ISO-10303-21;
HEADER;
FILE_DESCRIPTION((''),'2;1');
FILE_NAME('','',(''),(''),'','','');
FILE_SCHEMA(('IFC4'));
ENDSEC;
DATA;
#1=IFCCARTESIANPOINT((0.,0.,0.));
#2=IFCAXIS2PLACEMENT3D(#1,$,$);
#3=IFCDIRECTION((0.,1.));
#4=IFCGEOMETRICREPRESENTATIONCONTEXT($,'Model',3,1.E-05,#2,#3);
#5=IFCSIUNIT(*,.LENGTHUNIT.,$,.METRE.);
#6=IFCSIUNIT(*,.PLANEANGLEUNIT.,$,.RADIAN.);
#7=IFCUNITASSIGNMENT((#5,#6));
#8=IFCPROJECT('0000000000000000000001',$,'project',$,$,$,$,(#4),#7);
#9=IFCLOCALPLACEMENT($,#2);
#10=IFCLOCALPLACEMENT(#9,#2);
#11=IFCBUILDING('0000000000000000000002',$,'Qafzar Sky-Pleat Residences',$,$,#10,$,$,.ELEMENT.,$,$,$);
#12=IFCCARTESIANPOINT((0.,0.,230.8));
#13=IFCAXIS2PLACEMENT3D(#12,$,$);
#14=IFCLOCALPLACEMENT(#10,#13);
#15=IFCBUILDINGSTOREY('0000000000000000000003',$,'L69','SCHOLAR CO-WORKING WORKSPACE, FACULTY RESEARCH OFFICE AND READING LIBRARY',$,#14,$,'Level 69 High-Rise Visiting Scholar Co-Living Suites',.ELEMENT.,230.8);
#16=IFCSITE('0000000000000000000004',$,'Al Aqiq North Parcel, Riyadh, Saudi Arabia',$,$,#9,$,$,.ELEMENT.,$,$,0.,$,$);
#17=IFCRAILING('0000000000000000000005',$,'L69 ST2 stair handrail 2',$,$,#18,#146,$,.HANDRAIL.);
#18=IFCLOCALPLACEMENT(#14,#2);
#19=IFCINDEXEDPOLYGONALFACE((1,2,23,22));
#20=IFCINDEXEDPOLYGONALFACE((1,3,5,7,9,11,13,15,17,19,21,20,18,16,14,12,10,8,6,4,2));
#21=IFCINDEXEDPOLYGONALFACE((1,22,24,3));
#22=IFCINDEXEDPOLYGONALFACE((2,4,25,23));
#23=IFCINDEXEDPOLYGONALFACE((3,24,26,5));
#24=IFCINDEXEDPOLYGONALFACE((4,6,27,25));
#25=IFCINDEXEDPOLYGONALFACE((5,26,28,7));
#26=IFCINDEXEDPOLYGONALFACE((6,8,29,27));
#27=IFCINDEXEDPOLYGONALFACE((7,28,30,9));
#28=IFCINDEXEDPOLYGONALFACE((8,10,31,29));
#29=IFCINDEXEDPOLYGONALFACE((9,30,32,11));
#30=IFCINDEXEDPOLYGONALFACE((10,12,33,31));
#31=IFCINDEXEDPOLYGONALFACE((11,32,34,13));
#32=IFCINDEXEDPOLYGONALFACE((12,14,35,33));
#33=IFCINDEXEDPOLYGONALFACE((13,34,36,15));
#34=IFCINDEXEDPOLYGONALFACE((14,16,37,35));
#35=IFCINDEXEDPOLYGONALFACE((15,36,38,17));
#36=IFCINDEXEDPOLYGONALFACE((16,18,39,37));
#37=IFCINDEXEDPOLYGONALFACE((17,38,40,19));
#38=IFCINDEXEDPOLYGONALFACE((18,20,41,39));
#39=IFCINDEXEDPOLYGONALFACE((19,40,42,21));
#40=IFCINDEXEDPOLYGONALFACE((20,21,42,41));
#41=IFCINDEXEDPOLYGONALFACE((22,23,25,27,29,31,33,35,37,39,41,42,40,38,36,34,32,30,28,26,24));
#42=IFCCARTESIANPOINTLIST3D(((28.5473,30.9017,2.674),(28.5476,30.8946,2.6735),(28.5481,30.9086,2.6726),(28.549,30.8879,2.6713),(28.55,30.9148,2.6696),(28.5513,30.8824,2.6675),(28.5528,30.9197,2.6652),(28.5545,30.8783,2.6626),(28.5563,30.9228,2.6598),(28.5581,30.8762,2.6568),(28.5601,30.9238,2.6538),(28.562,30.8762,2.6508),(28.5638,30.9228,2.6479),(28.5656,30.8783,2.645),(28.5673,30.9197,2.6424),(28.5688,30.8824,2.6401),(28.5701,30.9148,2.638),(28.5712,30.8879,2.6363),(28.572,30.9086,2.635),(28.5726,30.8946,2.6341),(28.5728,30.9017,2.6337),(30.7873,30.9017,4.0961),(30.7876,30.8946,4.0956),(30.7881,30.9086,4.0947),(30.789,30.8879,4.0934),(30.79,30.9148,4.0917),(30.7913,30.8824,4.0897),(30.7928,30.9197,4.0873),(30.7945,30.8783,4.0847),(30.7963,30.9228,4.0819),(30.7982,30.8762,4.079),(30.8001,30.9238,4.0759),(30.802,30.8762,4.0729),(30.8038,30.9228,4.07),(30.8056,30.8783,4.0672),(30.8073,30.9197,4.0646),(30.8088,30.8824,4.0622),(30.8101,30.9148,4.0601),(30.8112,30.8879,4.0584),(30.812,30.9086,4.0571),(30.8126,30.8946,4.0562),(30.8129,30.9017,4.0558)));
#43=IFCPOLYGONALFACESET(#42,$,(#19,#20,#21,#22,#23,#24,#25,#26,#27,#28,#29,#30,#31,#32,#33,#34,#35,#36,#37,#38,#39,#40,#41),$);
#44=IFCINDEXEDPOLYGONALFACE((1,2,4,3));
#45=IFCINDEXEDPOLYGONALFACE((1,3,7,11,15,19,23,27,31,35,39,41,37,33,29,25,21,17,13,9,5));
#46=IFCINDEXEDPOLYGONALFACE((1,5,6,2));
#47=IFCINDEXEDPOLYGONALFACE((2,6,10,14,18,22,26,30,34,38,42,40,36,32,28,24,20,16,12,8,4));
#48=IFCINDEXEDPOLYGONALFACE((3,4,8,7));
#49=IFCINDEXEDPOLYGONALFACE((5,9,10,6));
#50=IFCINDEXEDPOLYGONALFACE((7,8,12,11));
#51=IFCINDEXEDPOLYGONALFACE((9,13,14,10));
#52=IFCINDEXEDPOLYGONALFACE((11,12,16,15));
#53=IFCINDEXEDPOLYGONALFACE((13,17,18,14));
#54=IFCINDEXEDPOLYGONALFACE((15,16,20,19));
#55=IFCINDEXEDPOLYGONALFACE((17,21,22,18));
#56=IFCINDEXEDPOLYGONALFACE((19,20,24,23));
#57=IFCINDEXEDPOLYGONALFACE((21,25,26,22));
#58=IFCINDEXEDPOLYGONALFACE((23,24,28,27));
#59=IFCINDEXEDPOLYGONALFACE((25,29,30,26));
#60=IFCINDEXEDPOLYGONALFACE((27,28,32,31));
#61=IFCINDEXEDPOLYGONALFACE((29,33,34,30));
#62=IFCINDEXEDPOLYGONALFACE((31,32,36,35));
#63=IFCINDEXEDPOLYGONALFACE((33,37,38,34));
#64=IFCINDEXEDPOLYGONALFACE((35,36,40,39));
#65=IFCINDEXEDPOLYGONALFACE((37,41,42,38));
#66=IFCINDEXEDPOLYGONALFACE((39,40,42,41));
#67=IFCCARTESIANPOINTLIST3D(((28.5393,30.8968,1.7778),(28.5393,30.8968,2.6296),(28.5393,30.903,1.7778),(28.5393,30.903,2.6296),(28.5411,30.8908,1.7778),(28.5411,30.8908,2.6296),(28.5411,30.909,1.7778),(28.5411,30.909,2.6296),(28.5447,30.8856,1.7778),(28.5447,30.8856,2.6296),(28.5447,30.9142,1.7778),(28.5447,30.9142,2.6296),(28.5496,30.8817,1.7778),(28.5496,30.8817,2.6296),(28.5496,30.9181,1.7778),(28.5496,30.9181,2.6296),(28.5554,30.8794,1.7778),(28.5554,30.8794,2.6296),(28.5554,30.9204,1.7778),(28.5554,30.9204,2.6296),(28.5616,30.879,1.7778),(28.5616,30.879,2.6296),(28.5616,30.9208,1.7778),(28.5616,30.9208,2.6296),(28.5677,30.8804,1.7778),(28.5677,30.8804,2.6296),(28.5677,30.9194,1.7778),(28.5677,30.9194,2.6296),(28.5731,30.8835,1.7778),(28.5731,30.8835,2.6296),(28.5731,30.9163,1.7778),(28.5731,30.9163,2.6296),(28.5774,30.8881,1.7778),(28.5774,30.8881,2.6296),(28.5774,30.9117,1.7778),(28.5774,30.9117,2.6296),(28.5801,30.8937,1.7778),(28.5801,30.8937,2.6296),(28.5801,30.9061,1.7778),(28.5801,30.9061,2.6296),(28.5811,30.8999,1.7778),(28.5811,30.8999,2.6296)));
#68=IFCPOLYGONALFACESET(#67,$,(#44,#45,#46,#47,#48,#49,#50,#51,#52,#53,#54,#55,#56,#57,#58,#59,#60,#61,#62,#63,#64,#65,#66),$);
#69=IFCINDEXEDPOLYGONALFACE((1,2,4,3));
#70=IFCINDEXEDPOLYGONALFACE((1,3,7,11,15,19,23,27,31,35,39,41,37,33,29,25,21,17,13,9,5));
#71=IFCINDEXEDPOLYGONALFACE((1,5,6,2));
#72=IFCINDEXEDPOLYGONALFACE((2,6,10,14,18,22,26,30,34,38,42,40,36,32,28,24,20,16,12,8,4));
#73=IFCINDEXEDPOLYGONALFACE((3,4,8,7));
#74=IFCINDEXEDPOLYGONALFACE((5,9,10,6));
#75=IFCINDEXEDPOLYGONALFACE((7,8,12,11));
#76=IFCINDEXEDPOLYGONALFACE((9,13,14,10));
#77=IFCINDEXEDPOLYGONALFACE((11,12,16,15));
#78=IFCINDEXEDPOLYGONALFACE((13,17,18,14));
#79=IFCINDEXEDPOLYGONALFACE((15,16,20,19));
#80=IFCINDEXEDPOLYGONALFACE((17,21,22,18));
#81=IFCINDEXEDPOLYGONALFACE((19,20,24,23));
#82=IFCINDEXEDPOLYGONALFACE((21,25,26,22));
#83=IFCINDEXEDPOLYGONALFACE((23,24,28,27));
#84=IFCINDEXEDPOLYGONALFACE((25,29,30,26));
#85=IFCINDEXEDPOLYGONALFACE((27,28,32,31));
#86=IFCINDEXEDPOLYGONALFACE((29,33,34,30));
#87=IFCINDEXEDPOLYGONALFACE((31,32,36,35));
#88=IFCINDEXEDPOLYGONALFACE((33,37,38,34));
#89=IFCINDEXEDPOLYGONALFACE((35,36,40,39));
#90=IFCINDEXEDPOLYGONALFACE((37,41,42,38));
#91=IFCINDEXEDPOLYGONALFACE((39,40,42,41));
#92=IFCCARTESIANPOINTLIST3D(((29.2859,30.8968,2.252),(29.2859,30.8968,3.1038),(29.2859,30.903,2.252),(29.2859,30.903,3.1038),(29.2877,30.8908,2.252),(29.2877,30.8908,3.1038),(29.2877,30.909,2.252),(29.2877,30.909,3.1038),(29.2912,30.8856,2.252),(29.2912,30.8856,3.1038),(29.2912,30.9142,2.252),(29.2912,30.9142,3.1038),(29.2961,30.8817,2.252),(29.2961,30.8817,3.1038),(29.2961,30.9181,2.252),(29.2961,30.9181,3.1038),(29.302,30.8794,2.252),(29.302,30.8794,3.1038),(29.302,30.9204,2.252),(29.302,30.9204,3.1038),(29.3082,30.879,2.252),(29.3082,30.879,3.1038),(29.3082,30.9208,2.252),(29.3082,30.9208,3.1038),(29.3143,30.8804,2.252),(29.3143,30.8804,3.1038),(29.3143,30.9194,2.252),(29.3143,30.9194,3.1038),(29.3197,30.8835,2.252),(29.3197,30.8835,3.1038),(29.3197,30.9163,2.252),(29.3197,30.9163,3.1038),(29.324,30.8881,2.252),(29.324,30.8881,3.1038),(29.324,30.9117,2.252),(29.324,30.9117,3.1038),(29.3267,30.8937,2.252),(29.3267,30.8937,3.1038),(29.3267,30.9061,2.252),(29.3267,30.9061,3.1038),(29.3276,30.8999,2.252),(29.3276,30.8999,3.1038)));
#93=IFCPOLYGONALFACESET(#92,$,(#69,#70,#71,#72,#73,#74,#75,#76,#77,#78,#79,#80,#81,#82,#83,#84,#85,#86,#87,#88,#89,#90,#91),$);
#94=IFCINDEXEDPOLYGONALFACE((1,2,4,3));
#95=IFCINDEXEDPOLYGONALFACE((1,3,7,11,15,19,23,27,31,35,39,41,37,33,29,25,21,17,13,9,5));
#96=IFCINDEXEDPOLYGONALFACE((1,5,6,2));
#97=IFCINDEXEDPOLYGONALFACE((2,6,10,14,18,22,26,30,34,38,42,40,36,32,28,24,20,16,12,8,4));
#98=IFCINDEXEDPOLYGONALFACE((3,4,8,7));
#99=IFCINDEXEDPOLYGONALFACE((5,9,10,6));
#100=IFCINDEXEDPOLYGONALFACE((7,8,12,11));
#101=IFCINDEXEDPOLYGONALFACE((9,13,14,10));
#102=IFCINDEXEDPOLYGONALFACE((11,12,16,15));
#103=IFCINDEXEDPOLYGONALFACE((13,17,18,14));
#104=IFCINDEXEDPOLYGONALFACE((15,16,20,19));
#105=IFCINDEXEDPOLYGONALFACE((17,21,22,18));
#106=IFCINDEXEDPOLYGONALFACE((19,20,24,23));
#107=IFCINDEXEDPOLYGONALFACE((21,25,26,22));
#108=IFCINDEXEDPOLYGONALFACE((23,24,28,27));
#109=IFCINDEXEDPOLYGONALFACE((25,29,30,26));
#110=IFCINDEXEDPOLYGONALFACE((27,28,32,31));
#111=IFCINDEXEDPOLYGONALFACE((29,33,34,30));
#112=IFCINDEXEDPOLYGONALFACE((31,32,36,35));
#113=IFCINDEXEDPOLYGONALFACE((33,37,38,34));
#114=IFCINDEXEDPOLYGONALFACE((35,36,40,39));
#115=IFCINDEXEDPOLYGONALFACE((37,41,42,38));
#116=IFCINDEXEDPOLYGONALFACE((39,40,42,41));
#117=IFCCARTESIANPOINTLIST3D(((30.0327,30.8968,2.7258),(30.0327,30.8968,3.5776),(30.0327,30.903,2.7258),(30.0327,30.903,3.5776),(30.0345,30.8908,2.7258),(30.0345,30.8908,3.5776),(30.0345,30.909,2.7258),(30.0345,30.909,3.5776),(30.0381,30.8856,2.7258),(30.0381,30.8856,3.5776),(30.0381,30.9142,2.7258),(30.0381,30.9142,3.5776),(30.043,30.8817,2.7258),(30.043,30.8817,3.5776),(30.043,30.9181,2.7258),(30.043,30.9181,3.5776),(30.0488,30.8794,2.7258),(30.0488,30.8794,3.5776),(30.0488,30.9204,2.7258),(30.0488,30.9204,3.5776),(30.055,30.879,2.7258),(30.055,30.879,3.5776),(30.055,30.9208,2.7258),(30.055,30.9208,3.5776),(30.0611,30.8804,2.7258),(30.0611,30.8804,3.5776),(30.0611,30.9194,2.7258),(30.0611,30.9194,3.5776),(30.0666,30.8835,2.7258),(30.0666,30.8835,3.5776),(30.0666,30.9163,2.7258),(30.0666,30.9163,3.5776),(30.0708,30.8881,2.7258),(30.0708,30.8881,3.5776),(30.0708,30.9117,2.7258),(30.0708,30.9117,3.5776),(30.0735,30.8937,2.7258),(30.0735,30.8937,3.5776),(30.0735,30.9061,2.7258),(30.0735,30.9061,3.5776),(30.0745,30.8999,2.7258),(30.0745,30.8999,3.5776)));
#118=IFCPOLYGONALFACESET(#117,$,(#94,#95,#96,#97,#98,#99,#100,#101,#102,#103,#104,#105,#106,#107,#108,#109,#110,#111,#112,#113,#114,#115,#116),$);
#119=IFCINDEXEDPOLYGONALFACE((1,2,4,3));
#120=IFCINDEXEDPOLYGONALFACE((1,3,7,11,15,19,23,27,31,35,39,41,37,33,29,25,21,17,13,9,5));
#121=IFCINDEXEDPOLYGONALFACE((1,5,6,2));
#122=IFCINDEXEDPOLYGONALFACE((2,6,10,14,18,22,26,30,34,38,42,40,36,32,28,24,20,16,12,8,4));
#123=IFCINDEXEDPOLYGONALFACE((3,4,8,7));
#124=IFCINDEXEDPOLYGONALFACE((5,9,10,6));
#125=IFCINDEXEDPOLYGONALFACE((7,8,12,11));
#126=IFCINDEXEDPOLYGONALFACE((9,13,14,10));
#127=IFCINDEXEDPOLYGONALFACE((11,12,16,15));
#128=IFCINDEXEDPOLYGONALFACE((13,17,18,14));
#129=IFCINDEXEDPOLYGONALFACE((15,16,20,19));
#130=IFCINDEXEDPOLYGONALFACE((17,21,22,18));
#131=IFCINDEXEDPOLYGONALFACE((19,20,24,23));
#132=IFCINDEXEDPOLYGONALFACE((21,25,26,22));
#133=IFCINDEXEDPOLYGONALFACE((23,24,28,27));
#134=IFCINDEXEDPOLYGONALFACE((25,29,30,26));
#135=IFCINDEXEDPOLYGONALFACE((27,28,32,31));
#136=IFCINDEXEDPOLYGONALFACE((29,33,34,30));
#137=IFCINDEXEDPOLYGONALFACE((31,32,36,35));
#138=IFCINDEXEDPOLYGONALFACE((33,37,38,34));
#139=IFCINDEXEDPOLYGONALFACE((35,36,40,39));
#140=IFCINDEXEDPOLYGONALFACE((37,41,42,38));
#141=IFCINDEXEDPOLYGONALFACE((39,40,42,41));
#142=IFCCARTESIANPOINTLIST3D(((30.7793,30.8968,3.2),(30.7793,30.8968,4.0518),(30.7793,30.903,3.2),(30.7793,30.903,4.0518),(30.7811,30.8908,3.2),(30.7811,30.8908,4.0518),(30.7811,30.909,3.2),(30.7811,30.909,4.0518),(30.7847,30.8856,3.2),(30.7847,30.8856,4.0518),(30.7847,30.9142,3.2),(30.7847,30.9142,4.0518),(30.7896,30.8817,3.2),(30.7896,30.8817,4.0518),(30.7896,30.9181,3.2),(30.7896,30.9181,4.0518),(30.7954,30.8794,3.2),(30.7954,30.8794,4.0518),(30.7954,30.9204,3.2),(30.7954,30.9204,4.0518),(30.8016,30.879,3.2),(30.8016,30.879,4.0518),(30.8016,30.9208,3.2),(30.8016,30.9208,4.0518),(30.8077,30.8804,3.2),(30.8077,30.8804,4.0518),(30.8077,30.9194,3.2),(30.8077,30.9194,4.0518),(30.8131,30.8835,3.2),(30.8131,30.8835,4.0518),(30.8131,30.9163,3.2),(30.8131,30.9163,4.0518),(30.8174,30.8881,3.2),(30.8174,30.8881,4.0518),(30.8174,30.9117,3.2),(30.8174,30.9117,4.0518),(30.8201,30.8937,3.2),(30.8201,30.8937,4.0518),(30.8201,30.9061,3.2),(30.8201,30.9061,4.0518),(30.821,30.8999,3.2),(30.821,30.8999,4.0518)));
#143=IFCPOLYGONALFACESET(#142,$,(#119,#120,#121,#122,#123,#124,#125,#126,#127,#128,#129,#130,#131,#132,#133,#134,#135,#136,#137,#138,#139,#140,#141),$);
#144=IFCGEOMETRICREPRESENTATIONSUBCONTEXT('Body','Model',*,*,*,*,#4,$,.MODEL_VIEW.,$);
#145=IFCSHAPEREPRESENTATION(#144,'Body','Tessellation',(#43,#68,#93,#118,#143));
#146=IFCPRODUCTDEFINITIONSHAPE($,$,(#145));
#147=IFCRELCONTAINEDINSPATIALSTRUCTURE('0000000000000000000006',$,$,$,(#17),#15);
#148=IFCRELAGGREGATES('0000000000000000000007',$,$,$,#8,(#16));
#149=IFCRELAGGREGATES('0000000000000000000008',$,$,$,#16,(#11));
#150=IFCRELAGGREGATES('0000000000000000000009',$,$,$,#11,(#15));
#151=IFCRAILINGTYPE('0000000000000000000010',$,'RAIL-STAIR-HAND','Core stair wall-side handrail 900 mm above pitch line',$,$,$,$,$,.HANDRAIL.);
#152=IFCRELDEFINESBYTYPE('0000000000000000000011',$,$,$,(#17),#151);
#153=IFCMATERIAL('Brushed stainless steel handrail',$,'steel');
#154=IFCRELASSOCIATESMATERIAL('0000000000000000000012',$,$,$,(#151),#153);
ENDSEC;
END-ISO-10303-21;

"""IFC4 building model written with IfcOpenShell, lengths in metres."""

from ifc_helpers import new_model, si_unit, direction, frame, origin, origin_2d, place, context, subcontext, project, spatial, circle, extrude, source, transform, mapped, material, type_object, element, save


model = new_model("IFC4")

# Units and contexts
model_context = context("Model", 3, precision=1e-05, world=origin(), true_north=direction((0.0, 1.0)))
body_context = subcontext(model_context, "Body", "Model", "MODEL_VIEW")
ifc_project = project(units=[si_unit("LENGTHUNIT", "METRE"), si_unit("PLANEANGLEUNIT", "RADIAN")], contexts=[model_context])

# Site, building, storey
site_placement = place(None, origin())
site = spatial("IfcSite", under=ifc_project, at=site_placement, Name="Al Aqiq North Parcel, Riyadh, Saudi Arabia", CompositionType="ELEMENT", RefElevation=0.0)
building_placement = place(site_placement, origin())
building = spatial("IfcBuilding", under=site, at=building_placement, Name="Qafzar Sky-Pleat Residences", CompositionType="ELEMENT")
storey_placement = place(building_placement, frame((0.0, 0.0, 230.8)))
storey = spatial("IfcBuildingStorey", under=building, at=storey_placement, Name="L69", Description="SCHOLAR CO-WORKING WORKSPACE, FACULTY RESEARCH OFFICE AND READING LIBRARY", LongName="Level 69 High-Rise Visiting Scholar Co-Living Suites", CompositionType="ELEMENT", Elevation=230.8)

# Railing
ifc_material_1 = material(Name="Brushed stainless steel handrail", Category="steel")
railing_type_1 = type_object("IfcRailingType", Name="RAIL-STAIR-HAND", Description="Core stair wall-side handrail 900 mm above pitch line", PredefinedType="HANDRAIL", material=ifc_material_1)
shared_shape_1 = source(origin(), body_context, "Body", "SweptSolid", [
    extrude(circle(Radius=0.0239, at=origin_2d()), frame((0.0, 0.0, 0.876), z_axis=(0.844229, 0.0, 0.535982), x_axis=(0.0, 1.0, 0.0)), (0.0, 0.0, 1.0), 2.6533),
    extrude(circle(Radius=0.021, at=origin_2d()), origin(), (0.0, 0.0, 1.0), 0.8518),
    extrude(circle(Radius=0.021, at=origin_2d()), frame((0.7466, 0.0, 0.4741)), (0.0, 0.0, 1.0), 0.8518),
    extrude(circle(Radius=0.021, at=origin_2d()), frame((1.4934, 0.0, 0.948)), (0.0, 0.0, 1.0), 0.8518),
    extrude(circle(Radius=0.021, at=origin_2d()), frame((2.24, 0.0, 1.4221)), (0.0, 0.0, 1.0), 0.8518),
])
railing_1_placement = place(storey_placement, frame((28.5601, 30.8999, 1.7778)))
element("IfcRailing", 1, at=railing_1_placement, inside=storey, type_object=railing_type_1, Name="L69 ST2 stair handrail 2", PredefinedType="HANDRAIL", context=body_context, shape_type="MappedRepresentation", body=[
    mapped(shared_shape_1, transform((0.0, 0.0, 0.0), x_axis=(1.0, 0.0, 0.0), y_axis=(0.0, 1.0, 0.0), z_axis=(0.0, 0.0, 1.0), scale=1.0)),
])

save(model, "model.ifc")
